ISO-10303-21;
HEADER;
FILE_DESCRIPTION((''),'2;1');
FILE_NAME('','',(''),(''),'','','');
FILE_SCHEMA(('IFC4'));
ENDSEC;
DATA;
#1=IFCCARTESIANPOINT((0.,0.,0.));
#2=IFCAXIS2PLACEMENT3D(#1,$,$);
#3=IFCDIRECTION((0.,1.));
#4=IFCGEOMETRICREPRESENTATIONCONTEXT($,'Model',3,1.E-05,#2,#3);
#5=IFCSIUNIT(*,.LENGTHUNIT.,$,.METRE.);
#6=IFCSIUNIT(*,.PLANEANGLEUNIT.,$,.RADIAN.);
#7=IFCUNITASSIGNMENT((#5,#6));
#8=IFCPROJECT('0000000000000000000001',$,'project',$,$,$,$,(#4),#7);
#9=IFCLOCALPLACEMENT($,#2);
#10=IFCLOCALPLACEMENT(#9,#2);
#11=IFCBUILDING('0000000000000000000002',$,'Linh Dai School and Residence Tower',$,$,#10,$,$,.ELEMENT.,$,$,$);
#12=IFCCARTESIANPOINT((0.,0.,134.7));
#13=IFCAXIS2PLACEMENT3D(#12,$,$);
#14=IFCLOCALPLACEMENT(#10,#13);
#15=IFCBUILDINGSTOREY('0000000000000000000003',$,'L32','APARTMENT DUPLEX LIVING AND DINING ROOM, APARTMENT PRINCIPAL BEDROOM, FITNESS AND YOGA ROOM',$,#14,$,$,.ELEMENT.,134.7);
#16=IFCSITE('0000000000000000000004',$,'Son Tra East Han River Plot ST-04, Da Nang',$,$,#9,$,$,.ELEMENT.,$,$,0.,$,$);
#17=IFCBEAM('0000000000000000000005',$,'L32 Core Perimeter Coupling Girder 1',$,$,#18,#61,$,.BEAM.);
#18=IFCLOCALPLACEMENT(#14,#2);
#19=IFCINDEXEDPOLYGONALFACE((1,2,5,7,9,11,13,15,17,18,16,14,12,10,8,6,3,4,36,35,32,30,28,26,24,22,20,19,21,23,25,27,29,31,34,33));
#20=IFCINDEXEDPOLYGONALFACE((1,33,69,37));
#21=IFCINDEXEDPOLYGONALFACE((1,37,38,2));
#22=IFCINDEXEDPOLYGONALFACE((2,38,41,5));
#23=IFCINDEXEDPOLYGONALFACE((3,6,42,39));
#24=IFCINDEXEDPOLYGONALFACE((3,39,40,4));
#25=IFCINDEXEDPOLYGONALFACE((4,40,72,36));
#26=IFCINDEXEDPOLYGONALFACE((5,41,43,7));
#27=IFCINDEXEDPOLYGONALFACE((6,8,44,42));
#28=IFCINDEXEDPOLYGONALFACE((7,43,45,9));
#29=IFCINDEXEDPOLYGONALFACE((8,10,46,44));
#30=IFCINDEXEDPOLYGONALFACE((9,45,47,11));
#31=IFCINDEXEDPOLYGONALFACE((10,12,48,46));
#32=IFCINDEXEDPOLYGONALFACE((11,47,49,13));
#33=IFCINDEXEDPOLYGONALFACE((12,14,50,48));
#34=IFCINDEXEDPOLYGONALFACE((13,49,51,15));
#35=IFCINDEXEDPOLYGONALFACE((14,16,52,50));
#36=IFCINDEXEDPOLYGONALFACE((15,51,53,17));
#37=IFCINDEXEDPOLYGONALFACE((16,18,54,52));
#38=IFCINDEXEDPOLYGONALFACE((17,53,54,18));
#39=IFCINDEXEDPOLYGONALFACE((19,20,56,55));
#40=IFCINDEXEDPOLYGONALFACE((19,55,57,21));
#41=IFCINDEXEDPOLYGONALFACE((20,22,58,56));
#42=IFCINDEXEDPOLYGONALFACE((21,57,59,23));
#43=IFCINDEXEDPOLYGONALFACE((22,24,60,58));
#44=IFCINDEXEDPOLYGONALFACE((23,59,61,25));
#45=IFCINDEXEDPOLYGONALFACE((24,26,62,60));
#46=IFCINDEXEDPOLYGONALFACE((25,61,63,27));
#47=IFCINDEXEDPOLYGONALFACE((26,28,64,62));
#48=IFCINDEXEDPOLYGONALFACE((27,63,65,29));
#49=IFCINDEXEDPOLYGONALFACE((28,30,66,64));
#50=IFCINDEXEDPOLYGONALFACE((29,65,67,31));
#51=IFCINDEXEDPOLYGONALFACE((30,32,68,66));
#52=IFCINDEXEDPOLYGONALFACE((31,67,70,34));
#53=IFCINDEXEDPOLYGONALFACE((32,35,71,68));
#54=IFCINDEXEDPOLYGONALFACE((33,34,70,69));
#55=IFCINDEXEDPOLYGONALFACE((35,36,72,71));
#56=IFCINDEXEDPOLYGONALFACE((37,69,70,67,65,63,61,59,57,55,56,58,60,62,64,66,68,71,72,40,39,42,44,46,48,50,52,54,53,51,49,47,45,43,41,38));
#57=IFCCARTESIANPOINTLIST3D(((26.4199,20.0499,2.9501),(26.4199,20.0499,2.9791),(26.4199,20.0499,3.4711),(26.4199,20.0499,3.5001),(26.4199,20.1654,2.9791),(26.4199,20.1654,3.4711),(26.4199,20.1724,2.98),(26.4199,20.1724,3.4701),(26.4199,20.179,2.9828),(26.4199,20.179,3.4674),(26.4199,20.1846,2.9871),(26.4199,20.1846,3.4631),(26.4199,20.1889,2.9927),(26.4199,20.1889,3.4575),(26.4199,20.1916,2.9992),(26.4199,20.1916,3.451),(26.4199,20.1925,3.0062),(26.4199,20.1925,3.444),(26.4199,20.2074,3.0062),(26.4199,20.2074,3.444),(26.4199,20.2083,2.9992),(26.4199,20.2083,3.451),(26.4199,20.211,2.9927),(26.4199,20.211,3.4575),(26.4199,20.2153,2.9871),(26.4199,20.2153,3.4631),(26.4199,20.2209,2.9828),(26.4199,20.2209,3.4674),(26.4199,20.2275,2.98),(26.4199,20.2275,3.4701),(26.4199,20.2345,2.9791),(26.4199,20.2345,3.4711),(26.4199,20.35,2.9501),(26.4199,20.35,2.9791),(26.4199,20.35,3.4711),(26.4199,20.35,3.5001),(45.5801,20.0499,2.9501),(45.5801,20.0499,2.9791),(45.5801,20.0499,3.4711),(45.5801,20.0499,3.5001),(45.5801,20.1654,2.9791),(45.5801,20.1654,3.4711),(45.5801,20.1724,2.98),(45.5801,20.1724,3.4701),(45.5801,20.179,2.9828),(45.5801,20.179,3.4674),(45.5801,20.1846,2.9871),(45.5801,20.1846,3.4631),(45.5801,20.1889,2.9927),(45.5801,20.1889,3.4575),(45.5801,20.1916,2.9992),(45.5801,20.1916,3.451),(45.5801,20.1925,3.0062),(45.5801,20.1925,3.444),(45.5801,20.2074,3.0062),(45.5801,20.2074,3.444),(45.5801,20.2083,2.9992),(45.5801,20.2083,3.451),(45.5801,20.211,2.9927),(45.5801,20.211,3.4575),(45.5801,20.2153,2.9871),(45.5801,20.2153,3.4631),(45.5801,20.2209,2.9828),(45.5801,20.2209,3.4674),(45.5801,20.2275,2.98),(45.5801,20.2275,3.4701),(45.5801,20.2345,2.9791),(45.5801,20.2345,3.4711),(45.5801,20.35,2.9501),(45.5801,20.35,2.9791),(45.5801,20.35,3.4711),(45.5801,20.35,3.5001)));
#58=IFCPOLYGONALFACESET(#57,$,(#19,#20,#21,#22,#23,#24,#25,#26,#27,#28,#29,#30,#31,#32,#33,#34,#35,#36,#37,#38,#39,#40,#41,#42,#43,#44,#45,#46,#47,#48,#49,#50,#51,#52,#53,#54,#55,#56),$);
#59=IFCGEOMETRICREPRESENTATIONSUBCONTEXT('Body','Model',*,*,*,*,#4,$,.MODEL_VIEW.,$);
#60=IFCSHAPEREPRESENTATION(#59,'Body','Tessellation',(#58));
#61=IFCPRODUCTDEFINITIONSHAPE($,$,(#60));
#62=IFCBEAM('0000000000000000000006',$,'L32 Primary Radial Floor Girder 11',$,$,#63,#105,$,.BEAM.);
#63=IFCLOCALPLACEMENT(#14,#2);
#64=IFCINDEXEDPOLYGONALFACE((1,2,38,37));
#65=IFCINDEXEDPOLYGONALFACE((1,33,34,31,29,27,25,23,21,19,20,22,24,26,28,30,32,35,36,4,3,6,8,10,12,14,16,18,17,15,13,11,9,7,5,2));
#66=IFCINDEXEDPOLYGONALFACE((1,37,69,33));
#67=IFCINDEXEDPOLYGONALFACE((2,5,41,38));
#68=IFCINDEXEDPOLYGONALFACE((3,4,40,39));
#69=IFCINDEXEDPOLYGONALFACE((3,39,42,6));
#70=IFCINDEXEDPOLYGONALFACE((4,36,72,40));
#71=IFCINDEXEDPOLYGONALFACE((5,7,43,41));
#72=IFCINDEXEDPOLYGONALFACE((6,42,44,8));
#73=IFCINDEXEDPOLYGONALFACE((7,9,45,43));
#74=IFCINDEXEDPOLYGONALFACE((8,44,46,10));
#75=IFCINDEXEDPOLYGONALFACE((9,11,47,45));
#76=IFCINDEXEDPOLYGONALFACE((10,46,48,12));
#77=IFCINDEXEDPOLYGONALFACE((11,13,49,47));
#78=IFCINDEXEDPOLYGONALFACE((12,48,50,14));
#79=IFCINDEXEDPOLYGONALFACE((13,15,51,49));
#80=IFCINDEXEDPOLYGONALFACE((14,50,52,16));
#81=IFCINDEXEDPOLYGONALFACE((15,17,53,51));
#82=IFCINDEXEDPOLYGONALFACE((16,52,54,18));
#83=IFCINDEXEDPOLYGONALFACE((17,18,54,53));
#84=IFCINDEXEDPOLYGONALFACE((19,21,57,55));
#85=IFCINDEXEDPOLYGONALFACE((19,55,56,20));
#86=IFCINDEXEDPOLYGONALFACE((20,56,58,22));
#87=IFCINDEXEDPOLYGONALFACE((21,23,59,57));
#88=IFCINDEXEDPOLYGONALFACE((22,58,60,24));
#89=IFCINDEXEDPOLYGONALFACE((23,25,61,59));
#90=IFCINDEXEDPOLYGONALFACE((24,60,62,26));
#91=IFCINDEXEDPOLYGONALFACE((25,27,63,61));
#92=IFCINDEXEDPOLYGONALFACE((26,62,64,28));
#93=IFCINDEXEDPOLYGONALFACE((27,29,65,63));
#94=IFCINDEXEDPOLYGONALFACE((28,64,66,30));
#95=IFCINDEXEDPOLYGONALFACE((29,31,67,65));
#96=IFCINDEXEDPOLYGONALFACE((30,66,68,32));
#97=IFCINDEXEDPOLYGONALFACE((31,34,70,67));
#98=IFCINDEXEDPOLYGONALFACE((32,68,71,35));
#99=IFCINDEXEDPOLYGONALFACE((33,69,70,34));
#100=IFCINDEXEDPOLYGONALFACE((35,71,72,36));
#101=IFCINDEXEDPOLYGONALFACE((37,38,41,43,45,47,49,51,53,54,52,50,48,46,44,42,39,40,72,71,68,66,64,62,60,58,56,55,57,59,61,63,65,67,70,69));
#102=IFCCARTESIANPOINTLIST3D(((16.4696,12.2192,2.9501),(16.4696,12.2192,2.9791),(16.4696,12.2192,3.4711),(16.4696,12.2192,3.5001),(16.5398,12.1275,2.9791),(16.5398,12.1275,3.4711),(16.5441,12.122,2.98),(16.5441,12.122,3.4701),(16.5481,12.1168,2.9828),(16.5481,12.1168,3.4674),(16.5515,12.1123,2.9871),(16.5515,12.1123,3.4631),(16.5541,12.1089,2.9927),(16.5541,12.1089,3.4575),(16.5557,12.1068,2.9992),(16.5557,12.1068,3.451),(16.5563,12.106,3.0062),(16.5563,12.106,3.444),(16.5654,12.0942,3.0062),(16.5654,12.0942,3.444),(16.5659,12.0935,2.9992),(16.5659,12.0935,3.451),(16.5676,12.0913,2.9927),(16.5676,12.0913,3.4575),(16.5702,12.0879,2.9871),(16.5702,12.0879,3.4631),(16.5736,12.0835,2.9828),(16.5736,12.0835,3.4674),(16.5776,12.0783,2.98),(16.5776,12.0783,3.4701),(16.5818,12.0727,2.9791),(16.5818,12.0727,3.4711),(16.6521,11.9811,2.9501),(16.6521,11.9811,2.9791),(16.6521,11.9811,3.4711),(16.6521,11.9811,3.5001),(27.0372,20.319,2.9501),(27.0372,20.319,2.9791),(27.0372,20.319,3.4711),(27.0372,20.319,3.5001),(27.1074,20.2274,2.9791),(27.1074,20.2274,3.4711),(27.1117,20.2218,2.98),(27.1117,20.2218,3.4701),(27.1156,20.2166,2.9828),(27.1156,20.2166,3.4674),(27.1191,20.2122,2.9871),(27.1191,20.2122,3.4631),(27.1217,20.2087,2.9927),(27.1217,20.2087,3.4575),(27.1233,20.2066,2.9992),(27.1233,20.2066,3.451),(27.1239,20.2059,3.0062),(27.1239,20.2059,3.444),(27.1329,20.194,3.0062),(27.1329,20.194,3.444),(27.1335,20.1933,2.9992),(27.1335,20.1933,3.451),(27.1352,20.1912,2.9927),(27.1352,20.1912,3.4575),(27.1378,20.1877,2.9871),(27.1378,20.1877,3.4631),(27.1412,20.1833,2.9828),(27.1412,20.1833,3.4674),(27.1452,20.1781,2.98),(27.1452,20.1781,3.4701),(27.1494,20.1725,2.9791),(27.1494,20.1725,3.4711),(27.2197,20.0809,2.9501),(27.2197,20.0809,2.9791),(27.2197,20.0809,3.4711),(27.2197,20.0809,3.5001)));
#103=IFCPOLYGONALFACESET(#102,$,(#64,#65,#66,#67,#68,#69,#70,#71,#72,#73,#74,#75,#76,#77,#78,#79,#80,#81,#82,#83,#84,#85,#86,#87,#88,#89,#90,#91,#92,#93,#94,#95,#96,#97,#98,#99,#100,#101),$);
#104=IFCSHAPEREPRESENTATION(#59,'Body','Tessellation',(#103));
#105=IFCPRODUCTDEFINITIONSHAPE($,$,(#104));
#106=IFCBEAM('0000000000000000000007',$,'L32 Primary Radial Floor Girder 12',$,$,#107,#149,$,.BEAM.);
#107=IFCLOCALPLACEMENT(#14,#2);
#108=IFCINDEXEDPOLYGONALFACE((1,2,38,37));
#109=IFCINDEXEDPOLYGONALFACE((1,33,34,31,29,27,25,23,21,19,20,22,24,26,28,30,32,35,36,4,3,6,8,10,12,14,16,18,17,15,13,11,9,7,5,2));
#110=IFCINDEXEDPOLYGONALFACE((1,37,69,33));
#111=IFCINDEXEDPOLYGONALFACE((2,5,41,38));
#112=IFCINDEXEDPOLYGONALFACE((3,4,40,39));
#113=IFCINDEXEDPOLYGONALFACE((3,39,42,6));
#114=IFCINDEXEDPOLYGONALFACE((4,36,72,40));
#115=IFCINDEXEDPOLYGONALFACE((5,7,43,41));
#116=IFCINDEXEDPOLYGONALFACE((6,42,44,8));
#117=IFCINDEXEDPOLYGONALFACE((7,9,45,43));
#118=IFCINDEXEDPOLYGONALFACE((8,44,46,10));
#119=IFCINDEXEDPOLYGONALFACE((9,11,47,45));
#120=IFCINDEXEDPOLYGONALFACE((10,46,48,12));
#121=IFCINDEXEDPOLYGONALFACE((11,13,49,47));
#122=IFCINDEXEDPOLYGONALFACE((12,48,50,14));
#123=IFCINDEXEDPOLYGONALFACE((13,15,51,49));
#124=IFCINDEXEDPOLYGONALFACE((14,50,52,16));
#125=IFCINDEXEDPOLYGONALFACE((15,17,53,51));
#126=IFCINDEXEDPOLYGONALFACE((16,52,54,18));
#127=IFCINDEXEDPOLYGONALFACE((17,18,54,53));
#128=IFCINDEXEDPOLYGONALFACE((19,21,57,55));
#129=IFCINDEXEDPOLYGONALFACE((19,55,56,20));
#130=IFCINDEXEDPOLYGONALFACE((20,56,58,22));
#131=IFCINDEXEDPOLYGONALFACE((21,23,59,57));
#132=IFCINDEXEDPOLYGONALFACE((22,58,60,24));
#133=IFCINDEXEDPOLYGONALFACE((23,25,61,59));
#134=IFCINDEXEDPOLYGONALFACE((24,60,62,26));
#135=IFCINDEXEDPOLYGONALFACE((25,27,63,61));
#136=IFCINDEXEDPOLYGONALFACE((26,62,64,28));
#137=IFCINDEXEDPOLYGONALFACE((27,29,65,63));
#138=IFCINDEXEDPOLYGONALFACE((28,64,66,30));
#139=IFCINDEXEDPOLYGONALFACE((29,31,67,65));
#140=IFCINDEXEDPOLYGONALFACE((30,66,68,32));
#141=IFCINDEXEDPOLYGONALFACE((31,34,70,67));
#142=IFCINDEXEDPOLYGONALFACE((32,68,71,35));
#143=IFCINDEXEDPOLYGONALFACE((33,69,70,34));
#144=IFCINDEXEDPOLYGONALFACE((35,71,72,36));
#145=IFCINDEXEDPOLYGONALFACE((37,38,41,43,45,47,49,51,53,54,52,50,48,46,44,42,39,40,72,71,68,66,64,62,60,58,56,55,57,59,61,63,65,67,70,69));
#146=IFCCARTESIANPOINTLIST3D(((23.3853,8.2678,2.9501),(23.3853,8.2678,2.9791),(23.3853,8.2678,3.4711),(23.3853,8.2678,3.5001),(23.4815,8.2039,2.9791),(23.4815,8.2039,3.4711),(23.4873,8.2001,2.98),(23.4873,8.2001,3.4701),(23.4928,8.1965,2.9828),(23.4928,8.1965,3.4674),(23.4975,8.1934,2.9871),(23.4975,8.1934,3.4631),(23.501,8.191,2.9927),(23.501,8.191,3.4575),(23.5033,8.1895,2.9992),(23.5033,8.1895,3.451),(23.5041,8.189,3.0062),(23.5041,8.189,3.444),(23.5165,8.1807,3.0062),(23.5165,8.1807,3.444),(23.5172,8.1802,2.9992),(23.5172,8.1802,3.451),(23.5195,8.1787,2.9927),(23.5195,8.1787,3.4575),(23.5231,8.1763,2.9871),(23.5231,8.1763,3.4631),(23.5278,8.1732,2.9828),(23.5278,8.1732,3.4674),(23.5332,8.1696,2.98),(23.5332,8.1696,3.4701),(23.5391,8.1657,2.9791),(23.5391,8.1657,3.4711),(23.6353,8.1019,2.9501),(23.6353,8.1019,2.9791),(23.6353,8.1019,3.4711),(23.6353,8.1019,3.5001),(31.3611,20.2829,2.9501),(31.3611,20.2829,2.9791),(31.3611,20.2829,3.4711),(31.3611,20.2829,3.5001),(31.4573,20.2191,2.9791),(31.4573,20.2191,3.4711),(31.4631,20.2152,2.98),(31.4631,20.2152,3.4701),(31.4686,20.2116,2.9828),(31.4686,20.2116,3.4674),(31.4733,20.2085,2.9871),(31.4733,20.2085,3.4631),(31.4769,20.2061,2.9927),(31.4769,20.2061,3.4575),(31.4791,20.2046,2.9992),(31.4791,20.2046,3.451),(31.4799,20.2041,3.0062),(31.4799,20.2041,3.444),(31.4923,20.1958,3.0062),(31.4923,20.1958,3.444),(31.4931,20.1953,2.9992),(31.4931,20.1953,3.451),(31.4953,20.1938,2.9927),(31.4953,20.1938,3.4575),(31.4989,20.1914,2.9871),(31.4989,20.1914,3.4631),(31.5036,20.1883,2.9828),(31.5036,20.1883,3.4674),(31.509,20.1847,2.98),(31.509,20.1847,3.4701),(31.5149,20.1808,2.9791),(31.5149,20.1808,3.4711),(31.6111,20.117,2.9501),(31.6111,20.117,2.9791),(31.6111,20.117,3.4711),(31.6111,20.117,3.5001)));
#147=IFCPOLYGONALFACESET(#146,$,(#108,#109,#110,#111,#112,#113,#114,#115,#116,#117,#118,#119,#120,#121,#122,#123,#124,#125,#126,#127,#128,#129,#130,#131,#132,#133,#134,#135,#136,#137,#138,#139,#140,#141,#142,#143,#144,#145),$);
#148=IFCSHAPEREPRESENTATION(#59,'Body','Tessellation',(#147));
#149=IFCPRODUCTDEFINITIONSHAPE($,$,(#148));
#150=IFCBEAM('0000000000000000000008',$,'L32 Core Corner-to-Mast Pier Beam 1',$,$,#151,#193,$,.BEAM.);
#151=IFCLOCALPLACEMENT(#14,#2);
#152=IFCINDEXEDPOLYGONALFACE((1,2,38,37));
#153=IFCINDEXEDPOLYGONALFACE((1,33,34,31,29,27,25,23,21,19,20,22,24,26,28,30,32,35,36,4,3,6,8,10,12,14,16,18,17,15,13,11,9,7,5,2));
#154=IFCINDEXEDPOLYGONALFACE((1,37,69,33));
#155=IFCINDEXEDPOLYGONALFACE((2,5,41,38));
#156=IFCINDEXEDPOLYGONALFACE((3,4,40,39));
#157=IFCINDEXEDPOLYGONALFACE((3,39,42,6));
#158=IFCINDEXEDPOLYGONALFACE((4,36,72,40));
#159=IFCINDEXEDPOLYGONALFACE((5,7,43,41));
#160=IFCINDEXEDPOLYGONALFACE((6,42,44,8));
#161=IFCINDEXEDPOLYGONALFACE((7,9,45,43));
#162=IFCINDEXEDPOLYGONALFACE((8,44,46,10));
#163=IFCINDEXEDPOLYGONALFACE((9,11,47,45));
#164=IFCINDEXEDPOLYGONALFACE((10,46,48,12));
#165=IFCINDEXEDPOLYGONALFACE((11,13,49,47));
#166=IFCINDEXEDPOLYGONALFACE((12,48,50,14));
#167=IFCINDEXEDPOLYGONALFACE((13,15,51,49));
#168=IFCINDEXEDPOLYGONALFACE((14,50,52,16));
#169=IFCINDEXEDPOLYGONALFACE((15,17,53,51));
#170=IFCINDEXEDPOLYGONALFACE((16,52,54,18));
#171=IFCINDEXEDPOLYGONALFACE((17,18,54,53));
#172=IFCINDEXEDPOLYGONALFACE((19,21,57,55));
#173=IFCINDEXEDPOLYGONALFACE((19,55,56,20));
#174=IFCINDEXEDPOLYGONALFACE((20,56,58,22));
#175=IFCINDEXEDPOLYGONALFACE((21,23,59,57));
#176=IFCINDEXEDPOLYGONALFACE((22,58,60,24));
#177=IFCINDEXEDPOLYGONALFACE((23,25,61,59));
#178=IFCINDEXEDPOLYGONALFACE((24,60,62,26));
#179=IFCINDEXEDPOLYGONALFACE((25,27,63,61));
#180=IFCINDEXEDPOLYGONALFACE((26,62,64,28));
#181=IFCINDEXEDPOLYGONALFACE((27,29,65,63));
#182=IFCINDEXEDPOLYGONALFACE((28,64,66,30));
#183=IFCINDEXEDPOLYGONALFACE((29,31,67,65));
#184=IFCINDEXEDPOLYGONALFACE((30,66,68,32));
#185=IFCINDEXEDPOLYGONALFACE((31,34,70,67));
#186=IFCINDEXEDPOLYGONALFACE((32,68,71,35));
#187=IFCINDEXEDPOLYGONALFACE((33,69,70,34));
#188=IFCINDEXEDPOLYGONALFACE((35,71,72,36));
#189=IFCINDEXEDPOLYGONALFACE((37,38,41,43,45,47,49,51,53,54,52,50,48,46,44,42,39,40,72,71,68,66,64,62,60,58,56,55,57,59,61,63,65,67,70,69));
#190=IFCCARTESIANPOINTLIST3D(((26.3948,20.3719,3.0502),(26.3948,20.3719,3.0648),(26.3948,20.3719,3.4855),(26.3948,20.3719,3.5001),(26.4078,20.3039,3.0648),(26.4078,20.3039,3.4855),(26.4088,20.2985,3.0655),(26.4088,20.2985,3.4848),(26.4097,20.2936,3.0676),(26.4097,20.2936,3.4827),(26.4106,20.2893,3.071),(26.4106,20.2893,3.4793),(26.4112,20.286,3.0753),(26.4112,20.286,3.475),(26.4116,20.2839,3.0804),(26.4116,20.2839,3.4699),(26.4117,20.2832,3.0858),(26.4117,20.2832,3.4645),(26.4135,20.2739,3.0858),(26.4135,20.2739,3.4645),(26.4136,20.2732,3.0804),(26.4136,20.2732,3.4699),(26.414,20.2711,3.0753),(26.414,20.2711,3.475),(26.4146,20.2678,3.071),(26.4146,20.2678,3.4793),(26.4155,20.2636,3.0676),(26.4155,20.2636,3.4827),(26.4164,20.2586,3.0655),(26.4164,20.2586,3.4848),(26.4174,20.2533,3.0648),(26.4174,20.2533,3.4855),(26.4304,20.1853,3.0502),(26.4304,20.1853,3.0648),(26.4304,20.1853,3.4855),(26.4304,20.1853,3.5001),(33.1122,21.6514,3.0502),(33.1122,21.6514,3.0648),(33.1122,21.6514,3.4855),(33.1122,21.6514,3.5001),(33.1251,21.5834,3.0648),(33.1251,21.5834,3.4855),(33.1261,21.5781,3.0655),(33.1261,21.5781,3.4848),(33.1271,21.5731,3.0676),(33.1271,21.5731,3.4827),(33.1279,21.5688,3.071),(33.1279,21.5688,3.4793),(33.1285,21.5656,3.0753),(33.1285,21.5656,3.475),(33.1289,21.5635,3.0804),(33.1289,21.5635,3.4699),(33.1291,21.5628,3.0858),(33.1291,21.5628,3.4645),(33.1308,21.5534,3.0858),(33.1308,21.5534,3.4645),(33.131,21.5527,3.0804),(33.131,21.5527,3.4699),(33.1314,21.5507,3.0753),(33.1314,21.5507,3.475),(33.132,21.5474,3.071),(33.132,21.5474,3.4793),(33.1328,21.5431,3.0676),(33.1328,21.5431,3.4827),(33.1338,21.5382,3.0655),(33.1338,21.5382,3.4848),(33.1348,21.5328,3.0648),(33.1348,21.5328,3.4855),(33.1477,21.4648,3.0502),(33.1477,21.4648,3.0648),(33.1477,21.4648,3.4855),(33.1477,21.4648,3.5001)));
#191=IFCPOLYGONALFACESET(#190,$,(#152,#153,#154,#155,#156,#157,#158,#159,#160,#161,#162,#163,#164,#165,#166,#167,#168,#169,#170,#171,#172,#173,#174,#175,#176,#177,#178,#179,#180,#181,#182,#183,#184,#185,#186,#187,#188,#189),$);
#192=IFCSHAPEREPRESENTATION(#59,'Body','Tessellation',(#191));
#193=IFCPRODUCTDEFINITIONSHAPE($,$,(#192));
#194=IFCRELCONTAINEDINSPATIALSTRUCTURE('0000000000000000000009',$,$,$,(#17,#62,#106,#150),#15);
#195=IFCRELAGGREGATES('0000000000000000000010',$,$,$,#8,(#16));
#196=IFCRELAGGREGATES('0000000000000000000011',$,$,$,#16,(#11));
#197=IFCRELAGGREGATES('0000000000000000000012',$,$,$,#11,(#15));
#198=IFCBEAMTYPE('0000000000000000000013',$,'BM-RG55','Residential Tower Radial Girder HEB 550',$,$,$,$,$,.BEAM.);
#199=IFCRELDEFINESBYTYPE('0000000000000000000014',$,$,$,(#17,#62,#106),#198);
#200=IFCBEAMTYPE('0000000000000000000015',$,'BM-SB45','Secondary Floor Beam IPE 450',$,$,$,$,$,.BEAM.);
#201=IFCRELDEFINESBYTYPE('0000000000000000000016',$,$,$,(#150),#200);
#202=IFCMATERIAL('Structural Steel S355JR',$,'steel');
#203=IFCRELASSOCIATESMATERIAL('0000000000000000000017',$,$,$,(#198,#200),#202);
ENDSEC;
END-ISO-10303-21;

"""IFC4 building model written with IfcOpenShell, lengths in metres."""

from ifc_helpers import new_model, si_unit, direction, frame, origin, origin_2d, place, context, subcontext, project, spatial, i_section, extrude, material, material_profile, profile_set, type_object, element, save


model = new_model("IFC4")

# Units and contexts
model_context = context("Model", 3, precision=1e-05, world=origin(), true_north=direction((0.0, 1.0)))
body_context = subcontext(model_context, "Body", "Model", "MODEL_VIEW")
ifc_project = project(units=[si_unit("LENGTHUNIT", "METRE"), si_unit("PLANEANGLEUNIT", "RADIAN")], contexts=[model_context])

# Site, building, storey
site_placement = place(None, origin())
site = spatial("IfcSite", under=ifc_project, at=site_placement, Name="Son Tra East Han River Plot ST-04, Da Nang", CompositionType="ELEMENT", RefElevation=0.0)
building_placement = place(site_placement, origin())
building = spatial("IfcBuilding", under=site, at=building_placement, Name="Linh Dai School and Residence Tower", CompositionType="ELEMENT")
storey_placement = place(building_placement, frame((0.0, 0.0, 134.7)))
storey = spatial("IfcBuildingStorey", under=building, at=storey_placement, Name="L32", Description="APARTMENT DUPLEX LIVING AND DINING ROOM, APARTMENT PRINCIPAL BEDROOM, FITNESS AND YOGA ROOM", CompositionType="ELEMENT", Elevation=134.7)

# Shared definitions
ifc_material_1 = material(Name="Structural Steel S355JR", Category="steel")

# Beams
ifc_material_profile_1 = material_profile(ifc_material_1, i_section(OverallWidth=0.3, OverallDepth=0.55, WebThickness=0.0149, FlangeThickness=0.0291, FilletRadius=0.0271, at=origin_2d()), Name="HEB 550")
ifc_profile_set_1 = profile_set([ifc_material_profile_1], Name="Structural Steel S355JR")
beam_type_1 = type_object("IfcBeamType", Name="BM-RG55", Description="Residential Tower Radial Girder HEB 550", PredefinedType="BEAM", material=ifc_profile_set_1)
beam_1_placement = place(storey_placement, frame((26.4199, 20.2, 3.2251), z_axis=(1.0, 0.0, 0.0), x_axis=(0.0, 1.0, 0.0)))
element("IfcBeam", 1, at=beam_1_placement, inside=storey, type_object=beam_type_1, Name="L32 Core Perimeter Coupling Girder 1", PredefinedType="BEAM", context=body_context, shape_type="SweptSolid", body=[
    extrude(i_section(OverallWidth=0.3, OverallDepth=0.55, WebThickness=0.0149, FlangeThickness=0.0291, FilletRadius=0.0271, at=origin_2d()), origin(), (0.0, 0.0, 1.0), 19.1602),
])
beam_2_placement = place(storey_placement, frame((27.1284, 20.2, 3.2251), z_axis=(-0.793679, -0.608337, 0.0), x_axis=(0.608337, -0.793679, 0.0)))
element("IfcBeam", 2, at=beam_2_placement, inside=storey, type_object=beam_type_1, Name="L32 Primary Radial Floor Girder 11", PredefinedType="BEAM", context=body_context, shape_type="SweptSolid", body=[
    extrude(i_section(OverallWidth=0.3, OverallDepth=0.55, WebThickness=0.0149, FlangeThickness=0.0291, FilletRadius=0.0271, at=origin_2d()), origin(), (0.0, 0.0, 1.0), 13.3147),
])
beam_3_placement = place(storey_placement, frame((31.4861, 20.2, 3.2251), z_axis=(-0.553054, -0.833145, 0.0), x_axis=(0.833145, -0.553054, 0.0)))
element("IfcBeam", 3, at=beam_3_placement, inside=storey, type_object=beam_type_1, Name="L32 Primary Radial Floor Girder 12", PredefinedType="BEAM", context=body_context, shape_type="SweptSolid", body=[
    extrude(i_section(OverallWidth=0.3, OverallDepth=0.55, WebThickness=0.0149, FlangeThickness=0.0291, FilletRadius=0.0271, at=origin_2d()), origin(), (0.0, 0.0, 1.0), 14.4214),
])
ifc_material_profile_2 = material_profile(ifc_material_1, i_section(OverallWidth=0.1899, OverallDepth=0.45, WebThickness=0.0095, FlangeThickness=0.0146, FilletRadius=0.021, at=origin_2d()), Name="IPE 450")
ifc_profile_set_2 = profile_set([ifc_material_profile_2], Name="Structural Steel S355JR")
beam_type_2 = type_object("IfcBeamType", Name="BM-SB45", Description="Secondary Floor Beam IPE 450", PredefinedType="BEAM", material=ifc_profile_set_2)
beam_4_placement = place(storey_placement, frame((26.4126, 20.2786, 3.2751), z_axis=(0.982337, 0.18712, 0.0), x_axis=(-0.18712, 0.982337, 0.0)))
element("IfcBeam", 4, at=beam_4_placement, inside=storey, type_object=beam_type_2, Name="L32 Core Corner-to-Mast Pier Beam 1", PredefinedType="BEAM", context=body_context, shape_type="SweptSolid", body=[
    extrude(i_section(OverallWidth=0.1899, OverallDepth=0.45, WebThickness=0.0095, FlangeThickness=0.0146, FilletRadius=0.021, at=origin_2d()), origin(), (0.0, 0.0, 1.0), 6.8381),
])

save(model, "model.ifc")
